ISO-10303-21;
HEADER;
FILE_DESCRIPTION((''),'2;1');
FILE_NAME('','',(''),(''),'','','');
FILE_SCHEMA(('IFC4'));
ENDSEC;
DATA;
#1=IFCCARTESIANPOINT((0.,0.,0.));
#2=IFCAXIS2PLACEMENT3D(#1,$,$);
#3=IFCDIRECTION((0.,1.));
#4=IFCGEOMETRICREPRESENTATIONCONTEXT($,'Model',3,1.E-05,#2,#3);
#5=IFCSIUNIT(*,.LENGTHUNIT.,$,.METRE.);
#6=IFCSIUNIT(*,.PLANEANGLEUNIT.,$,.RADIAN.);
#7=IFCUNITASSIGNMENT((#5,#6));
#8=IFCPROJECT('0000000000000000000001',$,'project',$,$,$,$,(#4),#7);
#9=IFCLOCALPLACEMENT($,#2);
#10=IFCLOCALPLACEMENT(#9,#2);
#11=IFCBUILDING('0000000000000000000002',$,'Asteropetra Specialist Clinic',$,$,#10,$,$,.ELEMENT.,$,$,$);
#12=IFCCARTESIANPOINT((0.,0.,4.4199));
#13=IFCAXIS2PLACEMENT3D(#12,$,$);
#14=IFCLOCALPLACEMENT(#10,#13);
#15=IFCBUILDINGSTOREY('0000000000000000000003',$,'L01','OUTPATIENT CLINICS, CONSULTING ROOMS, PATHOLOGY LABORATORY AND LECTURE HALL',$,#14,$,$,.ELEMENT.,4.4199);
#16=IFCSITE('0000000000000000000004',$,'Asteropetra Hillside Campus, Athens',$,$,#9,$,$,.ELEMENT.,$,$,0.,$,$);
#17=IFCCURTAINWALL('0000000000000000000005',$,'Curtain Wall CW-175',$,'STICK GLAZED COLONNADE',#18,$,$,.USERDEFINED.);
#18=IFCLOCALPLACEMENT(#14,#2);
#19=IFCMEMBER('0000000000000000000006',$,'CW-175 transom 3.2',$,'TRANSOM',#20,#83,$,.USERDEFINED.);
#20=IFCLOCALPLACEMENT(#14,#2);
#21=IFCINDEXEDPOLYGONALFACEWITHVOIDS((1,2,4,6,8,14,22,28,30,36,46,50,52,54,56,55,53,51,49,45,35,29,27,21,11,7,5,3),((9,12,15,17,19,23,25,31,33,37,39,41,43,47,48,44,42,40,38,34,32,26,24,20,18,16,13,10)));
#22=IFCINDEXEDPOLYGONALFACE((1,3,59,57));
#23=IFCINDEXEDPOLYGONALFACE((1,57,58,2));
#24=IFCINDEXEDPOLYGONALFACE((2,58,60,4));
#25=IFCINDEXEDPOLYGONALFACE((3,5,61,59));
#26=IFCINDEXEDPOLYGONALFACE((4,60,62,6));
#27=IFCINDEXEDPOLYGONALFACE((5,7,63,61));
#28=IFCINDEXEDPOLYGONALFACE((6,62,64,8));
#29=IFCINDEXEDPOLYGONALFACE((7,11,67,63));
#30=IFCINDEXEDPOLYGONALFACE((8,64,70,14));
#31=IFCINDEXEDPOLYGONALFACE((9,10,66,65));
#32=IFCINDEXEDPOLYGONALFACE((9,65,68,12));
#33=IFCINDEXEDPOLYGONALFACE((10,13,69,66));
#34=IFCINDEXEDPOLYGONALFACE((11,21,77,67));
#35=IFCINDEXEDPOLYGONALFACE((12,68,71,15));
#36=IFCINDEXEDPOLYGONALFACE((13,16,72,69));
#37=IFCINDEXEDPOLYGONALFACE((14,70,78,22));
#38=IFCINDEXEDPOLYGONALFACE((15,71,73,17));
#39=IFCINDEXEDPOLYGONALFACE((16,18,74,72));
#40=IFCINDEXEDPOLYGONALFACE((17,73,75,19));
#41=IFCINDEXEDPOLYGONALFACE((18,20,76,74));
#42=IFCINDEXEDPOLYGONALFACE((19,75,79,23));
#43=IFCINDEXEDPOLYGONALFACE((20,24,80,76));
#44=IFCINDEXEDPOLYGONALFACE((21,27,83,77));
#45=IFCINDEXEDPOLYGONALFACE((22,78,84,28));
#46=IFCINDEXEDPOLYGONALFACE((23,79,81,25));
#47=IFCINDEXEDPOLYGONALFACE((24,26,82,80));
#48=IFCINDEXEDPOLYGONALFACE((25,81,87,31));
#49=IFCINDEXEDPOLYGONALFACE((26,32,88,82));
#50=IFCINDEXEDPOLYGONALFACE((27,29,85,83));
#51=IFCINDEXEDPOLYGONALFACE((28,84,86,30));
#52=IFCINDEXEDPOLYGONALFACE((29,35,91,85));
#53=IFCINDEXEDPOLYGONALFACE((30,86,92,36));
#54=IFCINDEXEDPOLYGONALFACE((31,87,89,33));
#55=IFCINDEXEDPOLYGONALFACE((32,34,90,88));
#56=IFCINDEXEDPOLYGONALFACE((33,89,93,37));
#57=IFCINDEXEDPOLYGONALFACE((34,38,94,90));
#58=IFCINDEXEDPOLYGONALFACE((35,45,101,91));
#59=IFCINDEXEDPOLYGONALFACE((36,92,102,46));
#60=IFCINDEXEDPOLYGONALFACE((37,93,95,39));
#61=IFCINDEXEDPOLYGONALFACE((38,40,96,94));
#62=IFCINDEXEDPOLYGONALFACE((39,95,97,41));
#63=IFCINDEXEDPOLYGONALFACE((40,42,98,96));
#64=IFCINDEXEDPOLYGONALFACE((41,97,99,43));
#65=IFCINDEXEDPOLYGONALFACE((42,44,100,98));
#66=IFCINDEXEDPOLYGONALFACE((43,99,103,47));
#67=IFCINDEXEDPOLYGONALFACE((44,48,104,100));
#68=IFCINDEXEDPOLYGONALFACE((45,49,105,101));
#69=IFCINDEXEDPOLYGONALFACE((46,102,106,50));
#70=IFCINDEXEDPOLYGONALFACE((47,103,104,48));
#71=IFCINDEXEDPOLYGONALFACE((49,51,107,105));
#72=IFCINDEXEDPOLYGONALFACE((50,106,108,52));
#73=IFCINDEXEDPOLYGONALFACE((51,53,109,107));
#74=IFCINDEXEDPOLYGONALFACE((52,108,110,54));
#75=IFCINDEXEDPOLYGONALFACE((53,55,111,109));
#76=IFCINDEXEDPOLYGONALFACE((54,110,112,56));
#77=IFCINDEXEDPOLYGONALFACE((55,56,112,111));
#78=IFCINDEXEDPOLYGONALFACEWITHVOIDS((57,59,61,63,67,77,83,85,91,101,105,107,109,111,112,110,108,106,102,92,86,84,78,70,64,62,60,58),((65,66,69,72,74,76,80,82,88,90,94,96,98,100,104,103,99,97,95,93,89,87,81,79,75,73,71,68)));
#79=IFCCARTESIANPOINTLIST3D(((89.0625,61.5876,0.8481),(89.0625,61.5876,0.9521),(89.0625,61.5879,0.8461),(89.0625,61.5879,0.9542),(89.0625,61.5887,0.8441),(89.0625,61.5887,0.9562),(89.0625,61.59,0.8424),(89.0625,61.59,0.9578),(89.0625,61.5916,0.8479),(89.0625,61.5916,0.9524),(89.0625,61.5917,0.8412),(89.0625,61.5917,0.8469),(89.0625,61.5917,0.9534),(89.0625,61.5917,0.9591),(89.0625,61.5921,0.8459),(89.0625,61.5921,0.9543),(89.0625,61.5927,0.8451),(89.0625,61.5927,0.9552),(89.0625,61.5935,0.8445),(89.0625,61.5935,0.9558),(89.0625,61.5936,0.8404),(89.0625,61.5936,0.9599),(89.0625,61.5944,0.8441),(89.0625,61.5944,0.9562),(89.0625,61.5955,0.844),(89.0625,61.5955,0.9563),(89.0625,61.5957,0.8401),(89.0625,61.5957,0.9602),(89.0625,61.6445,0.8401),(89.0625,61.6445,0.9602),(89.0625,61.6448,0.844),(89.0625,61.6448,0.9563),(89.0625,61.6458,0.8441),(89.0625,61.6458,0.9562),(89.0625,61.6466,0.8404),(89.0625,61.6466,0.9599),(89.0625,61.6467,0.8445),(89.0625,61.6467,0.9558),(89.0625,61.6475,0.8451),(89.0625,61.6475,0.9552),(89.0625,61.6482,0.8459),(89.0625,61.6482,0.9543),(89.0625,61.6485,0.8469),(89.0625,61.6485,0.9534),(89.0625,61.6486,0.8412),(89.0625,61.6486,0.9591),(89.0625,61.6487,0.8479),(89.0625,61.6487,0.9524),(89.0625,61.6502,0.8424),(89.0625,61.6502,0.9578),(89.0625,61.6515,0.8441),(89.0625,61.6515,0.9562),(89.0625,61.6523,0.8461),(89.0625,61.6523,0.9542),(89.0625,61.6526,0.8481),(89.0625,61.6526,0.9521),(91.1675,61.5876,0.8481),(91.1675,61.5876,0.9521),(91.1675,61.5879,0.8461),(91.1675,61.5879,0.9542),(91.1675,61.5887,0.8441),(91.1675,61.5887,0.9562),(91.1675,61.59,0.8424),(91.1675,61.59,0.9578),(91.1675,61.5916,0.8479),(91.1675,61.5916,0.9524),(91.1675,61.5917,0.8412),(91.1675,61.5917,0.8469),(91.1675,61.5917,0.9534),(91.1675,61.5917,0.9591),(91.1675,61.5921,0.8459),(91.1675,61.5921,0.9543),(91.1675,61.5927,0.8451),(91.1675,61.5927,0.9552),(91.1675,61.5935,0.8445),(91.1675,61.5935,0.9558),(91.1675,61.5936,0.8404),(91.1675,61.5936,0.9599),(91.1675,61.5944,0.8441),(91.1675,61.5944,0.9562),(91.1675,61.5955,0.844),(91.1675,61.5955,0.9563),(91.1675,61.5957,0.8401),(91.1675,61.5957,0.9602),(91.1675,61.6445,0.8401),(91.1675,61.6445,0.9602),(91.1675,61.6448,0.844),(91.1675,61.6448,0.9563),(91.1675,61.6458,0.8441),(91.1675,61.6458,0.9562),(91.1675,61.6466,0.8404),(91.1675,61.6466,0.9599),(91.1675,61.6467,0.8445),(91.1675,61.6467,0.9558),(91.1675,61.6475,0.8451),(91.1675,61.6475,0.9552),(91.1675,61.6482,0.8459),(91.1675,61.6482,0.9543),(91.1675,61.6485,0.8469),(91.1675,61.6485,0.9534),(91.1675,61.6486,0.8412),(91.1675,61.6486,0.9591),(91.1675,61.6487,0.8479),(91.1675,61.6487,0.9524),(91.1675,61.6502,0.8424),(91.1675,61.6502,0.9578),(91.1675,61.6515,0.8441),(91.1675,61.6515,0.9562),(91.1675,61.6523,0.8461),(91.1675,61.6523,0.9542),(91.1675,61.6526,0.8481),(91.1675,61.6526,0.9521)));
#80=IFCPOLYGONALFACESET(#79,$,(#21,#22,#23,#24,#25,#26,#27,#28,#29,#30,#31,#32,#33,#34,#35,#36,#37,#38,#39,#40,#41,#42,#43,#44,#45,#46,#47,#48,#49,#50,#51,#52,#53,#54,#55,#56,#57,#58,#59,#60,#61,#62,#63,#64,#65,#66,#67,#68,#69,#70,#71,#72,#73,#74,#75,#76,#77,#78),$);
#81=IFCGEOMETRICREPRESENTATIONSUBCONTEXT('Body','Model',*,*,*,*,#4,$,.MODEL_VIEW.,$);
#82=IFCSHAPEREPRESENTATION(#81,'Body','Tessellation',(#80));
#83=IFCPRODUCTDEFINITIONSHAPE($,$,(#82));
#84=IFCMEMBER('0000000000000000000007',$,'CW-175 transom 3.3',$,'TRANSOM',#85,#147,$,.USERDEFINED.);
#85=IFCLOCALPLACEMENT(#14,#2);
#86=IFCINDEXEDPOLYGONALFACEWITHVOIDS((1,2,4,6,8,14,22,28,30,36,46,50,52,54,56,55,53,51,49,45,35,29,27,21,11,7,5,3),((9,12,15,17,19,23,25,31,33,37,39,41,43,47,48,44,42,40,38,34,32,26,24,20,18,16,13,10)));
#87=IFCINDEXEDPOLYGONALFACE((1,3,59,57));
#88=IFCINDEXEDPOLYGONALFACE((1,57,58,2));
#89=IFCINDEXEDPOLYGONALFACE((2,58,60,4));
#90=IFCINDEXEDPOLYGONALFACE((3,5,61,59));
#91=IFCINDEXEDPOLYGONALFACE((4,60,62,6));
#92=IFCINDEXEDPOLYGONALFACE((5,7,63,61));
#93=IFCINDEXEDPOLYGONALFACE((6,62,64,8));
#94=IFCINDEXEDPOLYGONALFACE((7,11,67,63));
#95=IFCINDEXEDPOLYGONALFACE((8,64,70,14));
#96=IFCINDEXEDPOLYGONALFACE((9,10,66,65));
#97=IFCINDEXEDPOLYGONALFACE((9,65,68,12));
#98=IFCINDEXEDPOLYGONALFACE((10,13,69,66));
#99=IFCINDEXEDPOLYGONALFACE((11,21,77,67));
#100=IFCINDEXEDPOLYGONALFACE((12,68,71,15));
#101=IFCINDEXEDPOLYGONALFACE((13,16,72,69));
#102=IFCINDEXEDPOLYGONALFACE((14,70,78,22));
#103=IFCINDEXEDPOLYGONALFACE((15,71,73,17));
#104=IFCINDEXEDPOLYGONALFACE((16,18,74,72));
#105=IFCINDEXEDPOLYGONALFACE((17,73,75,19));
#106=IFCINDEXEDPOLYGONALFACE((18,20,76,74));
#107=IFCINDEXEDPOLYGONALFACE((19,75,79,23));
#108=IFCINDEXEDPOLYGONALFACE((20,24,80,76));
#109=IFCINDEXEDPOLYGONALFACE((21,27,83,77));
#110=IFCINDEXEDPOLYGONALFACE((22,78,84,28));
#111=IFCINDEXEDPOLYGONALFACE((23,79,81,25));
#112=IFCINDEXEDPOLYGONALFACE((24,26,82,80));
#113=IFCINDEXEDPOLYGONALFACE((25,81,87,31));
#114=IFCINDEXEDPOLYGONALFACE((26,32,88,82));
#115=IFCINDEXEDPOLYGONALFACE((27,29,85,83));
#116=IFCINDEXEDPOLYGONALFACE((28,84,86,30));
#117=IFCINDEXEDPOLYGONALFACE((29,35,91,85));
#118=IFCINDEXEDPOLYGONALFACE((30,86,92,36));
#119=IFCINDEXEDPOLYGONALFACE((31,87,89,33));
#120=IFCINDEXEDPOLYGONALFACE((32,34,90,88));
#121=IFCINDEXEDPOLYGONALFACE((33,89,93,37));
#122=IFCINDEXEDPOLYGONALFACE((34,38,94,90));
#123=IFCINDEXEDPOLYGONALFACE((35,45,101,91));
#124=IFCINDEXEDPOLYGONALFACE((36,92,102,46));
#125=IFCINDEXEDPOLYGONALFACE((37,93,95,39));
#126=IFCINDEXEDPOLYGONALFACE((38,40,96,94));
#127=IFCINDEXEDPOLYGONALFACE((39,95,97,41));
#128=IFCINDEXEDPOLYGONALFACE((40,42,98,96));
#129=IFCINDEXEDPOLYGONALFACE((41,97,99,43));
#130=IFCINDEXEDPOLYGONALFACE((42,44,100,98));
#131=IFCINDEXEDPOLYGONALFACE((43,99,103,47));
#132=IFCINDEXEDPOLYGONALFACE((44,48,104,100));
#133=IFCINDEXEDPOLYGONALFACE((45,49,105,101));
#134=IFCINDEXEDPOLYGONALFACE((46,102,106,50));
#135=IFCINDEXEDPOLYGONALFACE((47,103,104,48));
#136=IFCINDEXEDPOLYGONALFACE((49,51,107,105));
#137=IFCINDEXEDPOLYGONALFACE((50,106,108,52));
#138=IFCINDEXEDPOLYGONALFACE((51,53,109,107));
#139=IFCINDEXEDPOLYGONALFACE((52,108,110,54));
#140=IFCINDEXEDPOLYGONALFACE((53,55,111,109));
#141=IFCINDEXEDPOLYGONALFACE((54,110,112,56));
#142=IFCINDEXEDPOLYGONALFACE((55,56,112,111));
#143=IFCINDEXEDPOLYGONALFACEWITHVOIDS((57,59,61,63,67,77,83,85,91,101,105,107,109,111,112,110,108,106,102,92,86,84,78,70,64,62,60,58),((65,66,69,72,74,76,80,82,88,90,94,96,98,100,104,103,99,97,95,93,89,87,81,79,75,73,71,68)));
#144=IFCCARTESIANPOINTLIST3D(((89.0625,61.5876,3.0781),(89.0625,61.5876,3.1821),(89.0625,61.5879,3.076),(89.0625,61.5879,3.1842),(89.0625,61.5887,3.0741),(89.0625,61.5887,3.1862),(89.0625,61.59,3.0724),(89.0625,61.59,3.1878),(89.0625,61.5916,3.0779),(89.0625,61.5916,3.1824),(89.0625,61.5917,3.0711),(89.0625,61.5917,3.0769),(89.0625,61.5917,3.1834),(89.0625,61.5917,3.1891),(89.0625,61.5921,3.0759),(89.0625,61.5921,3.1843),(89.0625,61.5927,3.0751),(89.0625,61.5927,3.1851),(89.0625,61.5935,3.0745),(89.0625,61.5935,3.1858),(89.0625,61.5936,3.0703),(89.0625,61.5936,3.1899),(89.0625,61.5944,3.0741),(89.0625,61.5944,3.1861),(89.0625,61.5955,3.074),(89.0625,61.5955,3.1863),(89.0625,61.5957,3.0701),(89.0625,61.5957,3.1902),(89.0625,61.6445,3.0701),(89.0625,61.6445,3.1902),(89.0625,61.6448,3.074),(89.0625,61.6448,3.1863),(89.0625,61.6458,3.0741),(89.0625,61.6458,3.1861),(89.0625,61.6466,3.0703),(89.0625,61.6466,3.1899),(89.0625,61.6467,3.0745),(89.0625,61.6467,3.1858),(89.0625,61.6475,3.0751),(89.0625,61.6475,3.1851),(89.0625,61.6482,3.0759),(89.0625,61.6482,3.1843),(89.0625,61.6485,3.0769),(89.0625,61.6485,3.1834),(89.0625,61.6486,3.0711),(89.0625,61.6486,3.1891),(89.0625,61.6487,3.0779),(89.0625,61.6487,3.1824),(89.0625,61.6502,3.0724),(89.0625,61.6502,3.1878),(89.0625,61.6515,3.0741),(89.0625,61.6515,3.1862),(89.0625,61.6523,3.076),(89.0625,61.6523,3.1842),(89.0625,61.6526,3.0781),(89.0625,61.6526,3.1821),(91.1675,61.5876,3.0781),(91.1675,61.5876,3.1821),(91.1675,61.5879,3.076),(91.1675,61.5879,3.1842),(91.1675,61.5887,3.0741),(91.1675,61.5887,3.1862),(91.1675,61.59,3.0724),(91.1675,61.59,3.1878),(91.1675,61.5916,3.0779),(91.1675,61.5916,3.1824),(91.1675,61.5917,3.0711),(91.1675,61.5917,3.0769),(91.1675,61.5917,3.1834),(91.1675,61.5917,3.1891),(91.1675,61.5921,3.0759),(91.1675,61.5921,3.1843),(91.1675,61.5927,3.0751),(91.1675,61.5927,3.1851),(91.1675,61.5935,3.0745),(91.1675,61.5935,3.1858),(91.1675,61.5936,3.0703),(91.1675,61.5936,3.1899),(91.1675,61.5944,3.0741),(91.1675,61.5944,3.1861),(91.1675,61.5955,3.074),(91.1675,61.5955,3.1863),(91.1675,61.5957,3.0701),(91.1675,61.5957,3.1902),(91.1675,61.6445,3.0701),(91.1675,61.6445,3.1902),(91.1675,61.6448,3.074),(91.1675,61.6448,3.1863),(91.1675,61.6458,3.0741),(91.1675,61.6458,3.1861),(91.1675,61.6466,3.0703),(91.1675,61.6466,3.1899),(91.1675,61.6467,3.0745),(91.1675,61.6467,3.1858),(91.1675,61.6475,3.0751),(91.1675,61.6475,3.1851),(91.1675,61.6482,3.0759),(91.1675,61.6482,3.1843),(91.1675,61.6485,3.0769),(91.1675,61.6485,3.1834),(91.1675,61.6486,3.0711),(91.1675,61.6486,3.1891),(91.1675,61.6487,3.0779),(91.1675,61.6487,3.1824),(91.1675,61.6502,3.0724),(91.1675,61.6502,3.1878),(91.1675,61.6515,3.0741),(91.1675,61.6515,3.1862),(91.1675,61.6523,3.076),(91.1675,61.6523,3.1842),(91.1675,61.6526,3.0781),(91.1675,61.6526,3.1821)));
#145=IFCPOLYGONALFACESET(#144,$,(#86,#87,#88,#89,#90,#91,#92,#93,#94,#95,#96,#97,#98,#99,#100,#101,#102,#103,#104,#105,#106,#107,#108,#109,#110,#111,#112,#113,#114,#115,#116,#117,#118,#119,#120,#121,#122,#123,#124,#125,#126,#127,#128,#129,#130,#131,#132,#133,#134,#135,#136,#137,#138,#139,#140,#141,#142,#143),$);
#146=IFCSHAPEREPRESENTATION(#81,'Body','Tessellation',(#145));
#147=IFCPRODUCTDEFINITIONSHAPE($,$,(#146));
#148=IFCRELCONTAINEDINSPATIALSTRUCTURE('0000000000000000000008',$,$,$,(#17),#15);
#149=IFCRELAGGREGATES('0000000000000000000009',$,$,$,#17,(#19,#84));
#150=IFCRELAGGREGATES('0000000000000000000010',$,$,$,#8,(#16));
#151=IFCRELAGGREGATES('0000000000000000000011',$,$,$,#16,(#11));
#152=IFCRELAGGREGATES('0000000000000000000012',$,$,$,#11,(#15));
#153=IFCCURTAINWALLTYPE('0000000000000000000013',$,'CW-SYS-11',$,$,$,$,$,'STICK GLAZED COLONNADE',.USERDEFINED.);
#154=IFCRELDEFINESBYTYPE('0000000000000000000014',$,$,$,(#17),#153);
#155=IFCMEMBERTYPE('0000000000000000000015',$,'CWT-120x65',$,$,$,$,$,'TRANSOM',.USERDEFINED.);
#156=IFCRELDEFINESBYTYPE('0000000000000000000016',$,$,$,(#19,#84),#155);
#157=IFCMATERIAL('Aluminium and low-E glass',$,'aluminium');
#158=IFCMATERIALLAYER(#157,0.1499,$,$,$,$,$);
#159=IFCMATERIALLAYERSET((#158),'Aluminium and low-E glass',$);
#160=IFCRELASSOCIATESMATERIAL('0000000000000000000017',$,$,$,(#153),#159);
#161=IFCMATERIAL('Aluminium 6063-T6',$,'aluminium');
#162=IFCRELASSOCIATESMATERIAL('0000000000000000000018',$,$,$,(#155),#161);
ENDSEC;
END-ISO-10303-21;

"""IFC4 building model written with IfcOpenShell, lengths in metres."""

from ifc_helpers import new_model, si_unit, direction, frame, origin, origin_2d, place, context, subcontext, project, spatial, hollow_rectangle, extrude, material, layer, layer_set, material_profile, profile_set, type_object, element, aggregate, save


model = new_model("IFC4")

# Units and contexts
model_context = context("Model", 3, precision=1e-05, world=origin(), true_north=direction((0.0, 1.0)))
body_context = subcontext(model_context, "Body", "Model", "MODEL_VIEW")
ifc_project = project(units=[si_unit("LENGTHUNIT", "METRE"), si_unit("PLANEANGLEUNIT", "RADIAN")], contexts=[model_context])

# Site, building, storey
site_placement = place(None, origin())
site = spatial("IfcSite", under=ifc_project, at=site_placement, Name="Asteropetra Hillside Campus, Athens", CompositionType="ELEMENT", RefElevation=0.0)
building_placement = place(site_placement, origin())
building = spatial("IfcBuilding", under=site, at=building_placement, Name="Asteropetra Specialist Clinic", CompositionType="ELEMENT")
storey_placement = place(building_placement, frame((0.0, 0.0, 4.4199)))
storey = spatial("IfcBuildingStorey", under=building, at=storey_placement, Name="L01", Description="OUTPATIENT CLINICS, CONSULTING ROOMS, PATHOLOGY LABORATORY AND LECTURE HALL", CompositionType="ELEMENT", Elevation=4.4199)

# Curtain wall, members
ifc_material_1 = material(Name="Aluminium and low-E glass", Category="aluminium")
ifc_layer_1 = layer(ifc_material_1, 0.1499)
ifc_layer_set_1 = layer_set([ifc_layer_1], Name="Aluminium and low-E glass")
curtain_wall_type = type_object("IfcCurtainWallType", Name="CW-SYS-11", ElementType="STICK GLAZED COLONNADE", PredefinedType="USERDEFINED", material=ifc_layer_set_1)
curtain_wall_placement = place(storey_placement, origin())
curtain_wall = element("IfcCurtainWall", 1, at=curtain_wall_placement, inside=storey, type_object=curtain_wall_type, Name="Curtain Wall CW-175", ObjectType="STICK GLAZED COLONNADE", PredefinedType="USERDEFINED")
ifc_material_2 = material(Name="Aluminium 6063-T6", Category="aluminium")
ifc_material_profile_1 = material_profile(ifc_material_2, hollow_rectangle(XDim=0.0649, YDim=0.1201, WallThickness=0.0039, InnerFilletRadius=0.0039, OuterFilletRadius=0.0081, at=origin_2d()), Name="TRN 120x65x4.0")
ifc_profile_set_1 = profile_set([ifc_material_profile_1], Name="Aluminium 6063-T6")
member_type_1 = type_object("IfcMemberType", Name="CWT-120x65", ElementType="TRANSOM", PredefinedType="USERDEFINED", material=ifc_profile_set_1)
member_1_placement = place(storey_placement, frame((91.1675, 61.6201, 0.9001), z_axis=(-1.0, 0.0, 0.0), x_axis=(0.0, -1.0, 0.0)))
member_1 = element("IfcMember", 2, at=member_1_placement, type_object=member_type_1, Name="CW-175 transom 3.2", ObjectType="TRANSOM", PredefinedType="USERDEFINED", context=body_context, shape_type="SweptSolid", body=[
    extrude(hollow_rectangle(XDim=0.0649, YDim=0.1201, WallThickness=0.0039, InnerFilletRadius=0.0039, OuterFilletRadius=0.0081, at=origin_2d()), origin(), (0.0, 0.0, 1.0), 2.105),
])
member_2_placement = place(storey_placement, frame((91.1675, 61.6201, 3.1301), z_axis=(-1.0, 0.0, 0.0), x_axis=(0.0, -1.0, 0.0)))
member_2 = element("IfcMember", 3, at=member_2_placement, type_object=member_type_1, Name="CW-175 transom 3.3", ObjectType="TRANSOM", PredefinedType="USERDEFINED", context=body_context, shape_type="SweptSolid", body=[
    extrude(hollow_rectangle(XDim=0.0649, YDim=0.1201, WallThickness=0.0039, InnerFilletRadius=0.0039, OuterFilletRadius=0.0081, at=origin_2d()), origin(), (0.0, 0.0, 1.0), 2.105),
])
aggregate(curtain_wall, [member_1, member_2])

save(model, "model.ifc")
